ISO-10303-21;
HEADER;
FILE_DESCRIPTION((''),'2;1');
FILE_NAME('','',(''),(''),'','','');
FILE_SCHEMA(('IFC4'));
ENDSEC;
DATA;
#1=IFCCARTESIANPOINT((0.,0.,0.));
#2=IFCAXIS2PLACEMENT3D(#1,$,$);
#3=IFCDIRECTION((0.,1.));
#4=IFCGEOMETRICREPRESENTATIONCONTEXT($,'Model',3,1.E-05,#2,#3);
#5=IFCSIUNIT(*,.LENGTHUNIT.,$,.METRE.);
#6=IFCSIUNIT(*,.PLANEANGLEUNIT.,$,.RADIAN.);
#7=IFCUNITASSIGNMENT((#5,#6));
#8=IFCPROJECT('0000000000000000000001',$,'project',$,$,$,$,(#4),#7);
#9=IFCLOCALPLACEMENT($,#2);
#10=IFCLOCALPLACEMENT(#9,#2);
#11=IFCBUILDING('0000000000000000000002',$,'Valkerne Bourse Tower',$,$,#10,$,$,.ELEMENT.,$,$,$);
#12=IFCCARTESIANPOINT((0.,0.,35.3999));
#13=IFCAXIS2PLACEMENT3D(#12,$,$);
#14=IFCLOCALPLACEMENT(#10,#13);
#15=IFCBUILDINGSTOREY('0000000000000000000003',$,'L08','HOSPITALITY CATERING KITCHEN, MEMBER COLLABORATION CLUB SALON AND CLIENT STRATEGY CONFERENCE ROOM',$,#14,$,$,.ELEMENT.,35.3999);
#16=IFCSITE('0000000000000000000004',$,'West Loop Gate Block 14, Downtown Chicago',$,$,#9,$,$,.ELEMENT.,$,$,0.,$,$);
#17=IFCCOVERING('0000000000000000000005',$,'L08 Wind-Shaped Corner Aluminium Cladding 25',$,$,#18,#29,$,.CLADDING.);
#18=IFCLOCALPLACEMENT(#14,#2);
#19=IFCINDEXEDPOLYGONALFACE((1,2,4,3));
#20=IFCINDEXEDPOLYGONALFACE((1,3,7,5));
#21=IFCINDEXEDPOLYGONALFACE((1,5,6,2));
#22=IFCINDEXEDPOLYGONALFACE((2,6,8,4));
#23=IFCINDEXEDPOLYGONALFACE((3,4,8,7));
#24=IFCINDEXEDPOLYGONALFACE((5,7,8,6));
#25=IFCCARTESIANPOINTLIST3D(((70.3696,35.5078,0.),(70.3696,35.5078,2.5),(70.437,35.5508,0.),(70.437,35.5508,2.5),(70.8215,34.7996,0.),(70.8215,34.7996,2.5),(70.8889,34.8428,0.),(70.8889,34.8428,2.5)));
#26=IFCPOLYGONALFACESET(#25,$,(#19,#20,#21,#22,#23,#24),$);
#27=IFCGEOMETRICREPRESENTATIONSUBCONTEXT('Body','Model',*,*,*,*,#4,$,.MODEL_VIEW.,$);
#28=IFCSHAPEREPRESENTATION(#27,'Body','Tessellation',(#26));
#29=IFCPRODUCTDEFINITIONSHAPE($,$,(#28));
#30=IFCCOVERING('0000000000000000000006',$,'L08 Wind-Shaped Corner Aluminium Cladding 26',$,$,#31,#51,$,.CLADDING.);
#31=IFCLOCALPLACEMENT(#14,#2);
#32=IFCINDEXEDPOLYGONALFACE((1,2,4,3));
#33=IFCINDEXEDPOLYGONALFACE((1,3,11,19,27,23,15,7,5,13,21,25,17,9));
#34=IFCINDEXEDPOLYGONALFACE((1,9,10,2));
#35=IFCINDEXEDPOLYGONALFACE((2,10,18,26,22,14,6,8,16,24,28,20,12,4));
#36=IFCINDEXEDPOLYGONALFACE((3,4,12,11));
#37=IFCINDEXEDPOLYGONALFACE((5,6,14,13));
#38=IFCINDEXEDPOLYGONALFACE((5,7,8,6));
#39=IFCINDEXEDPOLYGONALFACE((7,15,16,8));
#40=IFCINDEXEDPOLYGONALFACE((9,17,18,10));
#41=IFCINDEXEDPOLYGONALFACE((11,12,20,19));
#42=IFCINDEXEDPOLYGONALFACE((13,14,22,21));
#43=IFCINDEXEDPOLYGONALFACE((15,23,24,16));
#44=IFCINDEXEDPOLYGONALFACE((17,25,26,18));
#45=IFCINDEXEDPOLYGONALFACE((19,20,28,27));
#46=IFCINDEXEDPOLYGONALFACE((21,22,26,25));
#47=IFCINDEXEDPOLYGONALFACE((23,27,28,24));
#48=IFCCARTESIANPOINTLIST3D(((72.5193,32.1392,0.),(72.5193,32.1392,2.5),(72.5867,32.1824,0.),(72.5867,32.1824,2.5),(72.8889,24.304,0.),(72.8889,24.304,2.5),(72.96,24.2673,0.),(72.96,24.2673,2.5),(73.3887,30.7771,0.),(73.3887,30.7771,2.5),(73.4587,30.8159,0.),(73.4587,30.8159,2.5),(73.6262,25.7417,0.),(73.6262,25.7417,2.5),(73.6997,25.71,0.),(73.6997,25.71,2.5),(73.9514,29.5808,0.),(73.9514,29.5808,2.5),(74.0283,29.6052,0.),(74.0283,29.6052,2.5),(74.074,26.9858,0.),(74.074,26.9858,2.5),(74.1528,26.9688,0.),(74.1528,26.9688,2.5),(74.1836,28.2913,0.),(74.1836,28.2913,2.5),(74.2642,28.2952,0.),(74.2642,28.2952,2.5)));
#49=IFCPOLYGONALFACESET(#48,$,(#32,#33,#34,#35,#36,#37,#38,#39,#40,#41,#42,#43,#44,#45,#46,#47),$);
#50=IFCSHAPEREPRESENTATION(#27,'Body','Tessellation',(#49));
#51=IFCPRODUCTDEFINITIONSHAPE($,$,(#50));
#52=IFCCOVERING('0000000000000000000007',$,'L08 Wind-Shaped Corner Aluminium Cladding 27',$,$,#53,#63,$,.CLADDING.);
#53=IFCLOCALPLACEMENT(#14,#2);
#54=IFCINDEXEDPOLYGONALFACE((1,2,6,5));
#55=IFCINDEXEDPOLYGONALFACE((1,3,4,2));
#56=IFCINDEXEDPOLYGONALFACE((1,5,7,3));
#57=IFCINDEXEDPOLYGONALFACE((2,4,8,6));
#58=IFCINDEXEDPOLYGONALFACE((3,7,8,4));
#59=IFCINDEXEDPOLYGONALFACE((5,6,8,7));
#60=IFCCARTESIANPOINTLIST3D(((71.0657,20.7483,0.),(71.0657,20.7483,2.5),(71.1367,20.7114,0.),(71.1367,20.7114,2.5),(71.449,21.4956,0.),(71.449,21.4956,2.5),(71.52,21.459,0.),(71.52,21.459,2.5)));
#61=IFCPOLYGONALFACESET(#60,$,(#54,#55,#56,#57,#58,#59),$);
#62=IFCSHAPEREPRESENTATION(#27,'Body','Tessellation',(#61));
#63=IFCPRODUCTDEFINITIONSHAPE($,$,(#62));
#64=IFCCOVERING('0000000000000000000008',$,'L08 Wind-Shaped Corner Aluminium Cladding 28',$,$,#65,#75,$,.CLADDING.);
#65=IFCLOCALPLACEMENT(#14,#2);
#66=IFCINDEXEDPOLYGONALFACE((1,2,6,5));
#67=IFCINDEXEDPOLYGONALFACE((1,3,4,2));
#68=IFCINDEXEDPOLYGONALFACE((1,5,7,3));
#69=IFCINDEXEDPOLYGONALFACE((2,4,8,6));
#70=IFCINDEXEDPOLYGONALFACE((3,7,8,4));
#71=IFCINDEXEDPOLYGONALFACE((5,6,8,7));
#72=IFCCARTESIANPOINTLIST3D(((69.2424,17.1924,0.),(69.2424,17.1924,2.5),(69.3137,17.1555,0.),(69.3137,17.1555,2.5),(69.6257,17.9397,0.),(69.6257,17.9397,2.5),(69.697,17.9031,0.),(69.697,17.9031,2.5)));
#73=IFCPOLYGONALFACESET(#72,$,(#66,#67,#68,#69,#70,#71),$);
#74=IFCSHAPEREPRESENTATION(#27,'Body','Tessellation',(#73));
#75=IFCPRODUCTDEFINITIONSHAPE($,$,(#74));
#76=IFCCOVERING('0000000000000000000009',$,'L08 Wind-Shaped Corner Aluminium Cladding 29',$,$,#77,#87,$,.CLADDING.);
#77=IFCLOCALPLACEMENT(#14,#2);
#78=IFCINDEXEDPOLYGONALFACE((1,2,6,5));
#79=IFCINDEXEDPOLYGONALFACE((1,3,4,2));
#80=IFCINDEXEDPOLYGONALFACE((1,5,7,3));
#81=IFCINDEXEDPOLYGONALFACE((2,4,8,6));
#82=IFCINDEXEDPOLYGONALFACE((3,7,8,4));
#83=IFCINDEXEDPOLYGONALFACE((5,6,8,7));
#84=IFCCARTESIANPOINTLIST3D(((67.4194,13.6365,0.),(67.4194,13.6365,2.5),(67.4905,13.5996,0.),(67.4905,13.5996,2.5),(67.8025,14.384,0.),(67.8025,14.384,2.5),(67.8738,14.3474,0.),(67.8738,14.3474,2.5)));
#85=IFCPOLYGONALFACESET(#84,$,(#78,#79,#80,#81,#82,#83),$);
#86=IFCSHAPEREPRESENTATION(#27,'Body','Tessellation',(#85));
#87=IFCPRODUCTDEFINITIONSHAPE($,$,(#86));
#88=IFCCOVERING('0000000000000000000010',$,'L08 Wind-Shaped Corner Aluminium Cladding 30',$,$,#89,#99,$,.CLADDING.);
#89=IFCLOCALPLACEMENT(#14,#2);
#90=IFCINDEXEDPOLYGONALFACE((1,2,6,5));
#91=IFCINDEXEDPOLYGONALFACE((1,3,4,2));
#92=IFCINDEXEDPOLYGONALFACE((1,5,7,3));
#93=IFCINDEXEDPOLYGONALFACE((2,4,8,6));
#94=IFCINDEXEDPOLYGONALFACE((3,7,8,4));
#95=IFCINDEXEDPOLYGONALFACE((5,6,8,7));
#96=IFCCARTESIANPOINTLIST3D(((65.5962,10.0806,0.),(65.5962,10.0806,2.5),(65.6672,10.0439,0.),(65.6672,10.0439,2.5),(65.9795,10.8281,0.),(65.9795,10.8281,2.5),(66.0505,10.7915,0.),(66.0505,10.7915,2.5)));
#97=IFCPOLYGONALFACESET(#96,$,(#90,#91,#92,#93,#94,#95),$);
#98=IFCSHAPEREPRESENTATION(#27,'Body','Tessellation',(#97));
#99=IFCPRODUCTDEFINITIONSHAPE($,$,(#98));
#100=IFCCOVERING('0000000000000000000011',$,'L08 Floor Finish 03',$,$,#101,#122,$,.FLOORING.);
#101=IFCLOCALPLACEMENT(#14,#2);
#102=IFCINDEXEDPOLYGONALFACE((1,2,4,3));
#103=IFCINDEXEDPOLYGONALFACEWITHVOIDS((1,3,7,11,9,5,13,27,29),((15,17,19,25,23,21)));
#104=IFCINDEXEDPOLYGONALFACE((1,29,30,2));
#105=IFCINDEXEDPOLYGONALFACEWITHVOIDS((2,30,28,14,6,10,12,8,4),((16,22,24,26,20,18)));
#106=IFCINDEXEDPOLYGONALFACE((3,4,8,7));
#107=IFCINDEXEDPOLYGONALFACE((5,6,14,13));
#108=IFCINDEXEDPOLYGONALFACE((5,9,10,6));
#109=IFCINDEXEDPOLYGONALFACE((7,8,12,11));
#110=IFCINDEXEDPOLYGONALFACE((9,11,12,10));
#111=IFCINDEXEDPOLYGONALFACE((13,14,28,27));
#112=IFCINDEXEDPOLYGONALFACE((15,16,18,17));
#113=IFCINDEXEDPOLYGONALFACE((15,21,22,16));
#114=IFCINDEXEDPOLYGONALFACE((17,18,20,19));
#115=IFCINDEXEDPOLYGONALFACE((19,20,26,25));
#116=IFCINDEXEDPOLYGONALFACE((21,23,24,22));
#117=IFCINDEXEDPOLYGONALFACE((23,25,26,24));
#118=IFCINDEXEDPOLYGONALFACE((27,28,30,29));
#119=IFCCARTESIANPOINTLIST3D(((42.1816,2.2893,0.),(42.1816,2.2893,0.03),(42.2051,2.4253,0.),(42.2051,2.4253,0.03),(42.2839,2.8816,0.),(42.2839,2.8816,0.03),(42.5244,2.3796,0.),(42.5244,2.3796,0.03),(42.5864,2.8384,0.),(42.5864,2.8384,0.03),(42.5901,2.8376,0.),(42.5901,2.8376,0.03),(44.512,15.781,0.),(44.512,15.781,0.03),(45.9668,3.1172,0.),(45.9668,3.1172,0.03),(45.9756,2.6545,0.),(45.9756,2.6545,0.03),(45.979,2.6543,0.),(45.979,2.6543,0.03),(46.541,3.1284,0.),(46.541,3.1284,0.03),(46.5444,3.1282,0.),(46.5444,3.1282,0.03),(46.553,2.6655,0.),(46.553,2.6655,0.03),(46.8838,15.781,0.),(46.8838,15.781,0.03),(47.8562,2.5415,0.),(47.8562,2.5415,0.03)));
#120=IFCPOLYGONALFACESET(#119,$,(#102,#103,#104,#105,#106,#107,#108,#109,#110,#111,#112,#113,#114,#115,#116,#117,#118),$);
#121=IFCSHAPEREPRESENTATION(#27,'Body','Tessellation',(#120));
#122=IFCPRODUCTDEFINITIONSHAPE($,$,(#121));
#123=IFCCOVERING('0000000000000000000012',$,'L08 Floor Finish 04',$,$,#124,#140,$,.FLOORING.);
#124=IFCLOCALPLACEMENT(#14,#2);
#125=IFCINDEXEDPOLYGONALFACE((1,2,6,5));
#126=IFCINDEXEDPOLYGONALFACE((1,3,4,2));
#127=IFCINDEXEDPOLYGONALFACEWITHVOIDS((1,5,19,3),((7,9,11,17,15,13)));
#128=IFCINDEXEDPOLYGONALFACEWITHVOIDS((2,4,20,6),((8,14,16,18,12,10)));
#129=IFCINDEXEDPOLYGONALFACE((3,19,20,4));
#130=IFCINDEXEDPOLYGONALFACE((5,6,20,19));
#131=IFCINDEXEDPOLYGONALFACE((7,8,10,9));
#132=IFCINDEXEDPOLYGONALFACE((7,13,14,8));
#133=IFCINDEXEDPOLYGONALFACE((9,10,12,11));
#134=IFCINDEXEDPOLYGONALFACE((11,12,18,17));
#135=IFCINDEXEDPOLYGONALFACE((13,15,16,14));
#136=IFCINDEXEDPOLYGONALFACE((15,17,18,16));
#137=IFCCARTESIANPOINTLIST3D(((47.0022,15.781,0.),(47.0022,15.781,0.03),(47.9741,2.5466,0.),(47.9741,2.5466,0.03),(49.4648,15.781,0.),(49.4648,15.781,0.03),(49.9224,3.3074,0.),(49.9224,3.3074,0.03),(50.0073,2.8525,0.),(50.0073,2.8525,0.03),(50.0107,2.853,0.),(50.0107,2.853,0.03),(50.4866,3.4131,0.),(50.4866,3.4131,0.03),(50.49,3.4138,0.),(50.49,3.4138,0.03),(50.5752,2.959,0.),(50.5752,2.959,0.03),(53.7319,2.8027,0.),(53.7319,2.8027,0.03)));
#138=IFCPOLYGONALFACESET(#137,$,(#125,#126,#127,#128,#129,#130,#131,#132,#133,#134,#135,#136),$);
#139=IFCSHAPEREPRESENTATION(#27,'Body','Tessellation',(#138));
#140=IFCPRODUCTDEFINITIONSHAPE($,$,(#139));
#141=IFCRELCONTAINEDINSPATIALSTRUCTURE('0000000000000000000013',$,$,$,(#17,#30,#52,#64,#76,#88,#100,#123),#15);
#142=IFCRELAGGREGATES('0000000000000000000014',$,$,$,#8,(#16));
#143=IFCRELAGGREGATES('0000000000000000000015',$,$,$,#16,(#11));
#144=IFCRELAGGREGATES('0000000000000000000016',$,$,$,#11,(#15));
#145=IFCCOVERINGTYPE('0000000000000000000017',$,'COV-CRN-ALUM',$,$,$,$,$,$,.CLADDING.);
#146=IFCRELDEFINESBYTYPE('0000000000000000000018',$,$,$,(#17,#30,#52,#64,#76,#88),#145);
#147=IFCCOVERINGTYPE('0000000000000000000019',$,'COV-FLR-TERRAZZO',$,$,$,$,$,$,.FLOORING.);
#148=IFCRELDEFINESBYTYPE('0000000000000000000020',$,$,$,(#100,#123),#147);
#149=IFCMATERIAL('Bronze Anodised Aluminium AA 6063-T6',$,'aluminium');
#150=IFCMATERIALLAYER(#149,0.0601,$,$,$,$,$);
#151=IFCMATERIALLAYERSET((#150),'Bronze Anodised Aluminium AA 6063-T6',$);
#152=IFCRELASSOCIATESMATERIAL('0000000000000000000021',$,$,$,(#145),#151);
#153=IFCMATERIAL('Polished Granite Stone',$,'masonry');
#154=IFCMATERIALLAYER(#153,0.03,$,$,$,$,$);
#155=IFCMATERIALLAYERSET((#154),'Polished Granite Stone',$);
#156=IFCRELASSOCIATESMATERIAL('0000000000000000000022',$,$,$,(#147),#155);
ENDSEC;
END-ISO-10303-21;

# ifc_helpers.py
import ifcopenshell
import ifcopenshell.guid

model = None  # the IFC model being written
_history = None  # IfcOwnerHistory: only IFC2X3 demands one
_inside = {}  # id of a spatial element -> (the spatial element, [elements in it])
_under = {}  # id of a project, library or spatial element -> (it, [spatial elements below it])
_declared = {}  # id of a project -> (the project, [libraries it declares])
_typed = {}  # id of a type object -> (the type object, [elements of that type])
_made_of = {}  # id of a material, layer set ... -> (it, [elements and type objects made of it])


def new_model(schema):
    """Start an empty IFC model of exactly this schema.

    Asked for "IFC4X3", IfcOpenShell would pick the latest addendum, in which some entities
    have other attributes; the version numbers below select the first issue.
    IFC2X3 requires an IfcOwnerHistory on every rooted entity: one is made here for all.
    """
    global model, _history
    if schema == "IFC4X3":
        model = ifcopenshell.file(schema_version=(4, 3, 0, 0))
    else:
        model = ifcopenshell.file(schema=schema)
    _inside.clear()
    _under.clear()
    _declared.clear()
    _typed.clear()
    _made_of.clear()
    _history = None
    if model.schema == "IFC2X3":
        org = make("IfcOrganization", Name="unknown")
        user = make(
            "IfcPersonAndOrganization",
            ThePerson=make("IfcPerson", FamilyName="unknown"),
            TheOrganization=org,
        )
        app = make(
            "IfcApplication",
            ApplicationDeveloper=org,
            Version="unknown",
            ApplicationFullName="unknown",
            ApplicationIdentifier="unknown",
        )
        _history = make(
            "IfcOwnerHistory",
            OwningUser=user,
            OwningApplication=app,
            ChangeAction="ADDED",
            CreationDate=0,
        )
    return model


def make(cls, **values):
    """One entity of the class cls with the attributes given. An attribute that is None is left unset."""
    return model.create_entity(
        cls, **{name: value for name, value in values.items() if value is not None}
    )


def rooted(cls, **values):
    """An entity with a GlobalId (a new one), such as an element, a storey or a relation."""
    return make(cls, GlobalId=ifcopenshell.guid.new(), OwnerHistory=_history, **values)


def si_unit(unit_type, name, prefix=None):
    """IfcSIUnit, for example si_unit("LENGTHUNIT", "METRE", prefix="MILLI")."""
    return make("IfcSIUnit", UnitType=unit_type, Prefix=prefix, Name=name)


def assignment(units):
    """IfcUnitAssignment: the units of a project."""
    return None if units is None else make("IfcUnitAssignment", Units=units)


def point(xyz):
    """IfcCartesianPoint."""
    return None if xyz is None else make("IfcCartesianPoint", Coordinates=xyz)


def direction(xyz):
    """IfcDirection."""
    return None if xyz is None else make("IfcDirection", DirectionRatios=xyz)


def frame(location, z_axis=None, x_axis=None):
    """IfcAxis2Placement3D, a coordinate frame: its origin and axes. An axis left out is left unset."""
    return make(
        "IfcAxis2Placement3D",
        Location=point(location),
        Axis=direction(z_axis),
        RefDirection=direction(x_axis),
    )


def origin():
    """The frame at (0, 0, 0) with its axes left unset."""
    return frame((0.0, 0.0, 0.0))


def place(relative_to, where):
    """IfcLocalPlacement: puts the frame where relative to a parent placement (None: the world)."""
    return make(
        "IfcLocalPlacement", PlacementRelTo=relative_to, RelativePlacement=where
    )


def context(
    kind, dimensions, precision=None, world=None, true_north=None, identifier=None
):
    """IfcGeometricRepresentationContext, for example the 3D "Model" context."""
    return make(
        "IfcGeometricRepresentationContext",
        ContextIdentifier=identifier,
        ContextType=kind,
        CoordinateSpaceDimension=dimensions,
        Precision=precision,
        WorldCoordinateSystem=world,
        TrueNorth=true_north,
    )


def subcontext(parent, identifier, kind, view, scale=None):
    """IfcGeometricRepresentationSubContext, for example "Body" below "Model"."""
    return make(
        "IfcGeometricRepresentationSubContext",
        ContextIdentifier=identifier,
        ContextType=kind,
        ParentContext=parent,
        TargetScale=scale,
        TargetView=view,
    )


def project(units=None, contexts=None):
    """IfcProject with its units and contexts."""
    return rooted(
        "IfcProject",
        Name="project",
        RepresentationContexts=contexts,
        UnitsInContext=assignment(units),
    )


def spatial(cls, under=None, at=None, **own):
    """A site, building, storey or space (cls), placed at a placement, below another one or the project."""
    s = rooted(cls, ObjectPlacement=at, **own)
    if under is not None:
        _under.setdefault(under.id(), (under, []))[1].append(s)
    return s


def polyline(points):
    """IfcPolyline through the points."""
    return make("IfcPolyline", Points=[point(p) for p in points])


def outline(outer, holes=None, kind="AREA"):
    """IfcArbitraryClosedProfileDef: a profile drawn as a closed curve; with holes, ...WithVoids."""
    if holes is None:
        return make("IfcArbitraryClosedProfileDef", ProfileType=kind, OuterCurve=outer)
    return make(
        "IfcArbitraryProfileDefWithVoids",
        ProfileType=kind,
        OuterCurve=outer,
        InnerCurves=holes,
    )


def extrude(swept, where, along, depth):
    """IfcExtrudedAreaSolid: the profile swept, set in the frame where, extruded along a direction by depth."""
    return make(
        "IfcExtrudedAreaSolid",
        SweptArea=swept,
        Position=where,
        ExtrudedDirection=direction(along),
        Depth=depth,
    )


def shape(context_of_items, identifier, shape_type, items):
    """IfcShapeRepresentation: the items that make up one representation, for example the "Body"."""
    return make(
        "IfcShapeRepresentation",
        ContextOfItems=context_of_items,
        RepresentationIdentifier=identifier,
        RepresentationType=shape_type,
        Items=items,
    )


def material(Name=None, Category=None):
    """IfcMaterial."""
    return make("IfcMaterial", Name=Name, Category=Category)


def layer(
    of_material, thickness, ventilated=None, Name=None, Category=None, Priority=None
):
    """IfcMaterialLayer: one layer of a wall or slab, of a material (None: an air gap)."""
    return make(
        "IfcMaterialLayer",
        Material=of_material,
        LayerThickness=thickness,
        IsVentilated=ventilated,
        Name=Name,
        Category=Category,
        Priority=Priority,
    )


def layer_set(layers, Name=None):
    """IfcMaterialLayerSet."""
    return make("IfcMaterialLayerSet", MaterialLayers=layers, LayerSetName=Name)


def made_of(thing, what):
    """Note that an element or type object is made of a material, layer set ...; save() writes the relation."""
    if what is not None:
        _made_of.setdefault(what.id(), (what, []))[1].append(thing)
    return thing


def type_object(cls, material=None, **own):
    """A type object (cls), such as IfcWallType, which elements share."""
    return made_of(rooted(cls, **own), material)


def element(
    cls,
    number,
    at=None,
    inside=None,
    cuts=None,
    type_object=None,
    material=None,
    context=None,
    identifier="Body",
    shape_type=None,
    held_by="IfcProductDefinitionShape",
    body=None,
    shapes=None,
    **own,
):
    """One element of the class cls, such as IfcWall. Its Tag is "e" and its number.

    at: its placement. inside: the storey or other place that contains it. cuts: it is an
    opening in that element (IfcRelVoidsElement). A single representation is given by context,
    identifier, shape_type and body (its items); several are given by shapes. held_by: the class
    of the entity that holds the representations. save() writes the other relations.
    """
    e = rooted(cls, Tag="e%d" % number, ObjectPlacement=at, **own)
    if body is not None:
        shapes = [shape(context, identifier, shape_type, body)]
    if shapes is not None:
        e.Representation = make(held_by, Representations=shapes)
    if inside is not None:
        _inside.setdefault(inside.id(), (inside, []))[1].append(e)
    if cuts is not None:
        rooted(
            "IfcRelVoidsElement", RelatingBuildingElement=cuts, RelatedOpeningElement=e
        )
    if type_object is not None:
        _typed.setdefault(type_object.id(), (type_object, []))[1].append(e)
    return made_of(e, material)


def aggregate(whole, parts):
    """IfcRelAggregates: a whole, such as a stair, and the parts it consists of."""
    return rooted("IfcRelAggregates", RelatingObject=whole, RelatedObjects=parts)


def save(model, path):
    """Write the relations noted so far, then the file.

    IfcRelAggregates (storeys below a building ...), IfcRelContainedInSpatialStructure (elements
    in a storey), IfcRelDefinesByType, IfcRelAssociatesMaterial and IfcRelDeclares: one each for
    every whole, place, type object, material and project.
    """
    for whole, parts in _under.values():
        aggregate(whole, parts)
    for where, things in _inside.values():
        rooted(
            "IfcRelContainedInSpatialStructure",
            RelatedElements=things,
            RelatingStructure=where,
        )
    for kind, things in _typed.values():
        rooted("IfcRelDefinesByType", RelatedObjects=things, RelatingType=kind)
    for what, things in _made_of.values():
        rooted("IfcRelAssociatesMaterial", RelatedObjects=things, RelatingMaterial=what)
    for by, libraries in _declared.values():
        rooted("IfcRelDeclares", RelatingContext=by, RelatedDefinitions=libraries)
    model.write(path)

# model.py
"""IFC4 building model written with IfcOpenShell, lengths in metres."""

from ifc_helpers import new_model, si_unit, direction, frame, origin, place, context, subcontext, project, spatial, polyline, outline, extrude, material, layer, layer_set, type_object, element, save


model = new_model("IFC4")

# Units and contexts
model_context = context("Model", 3, precision=1e-05, world=origin(), true_north=direction((0.0, 1.0)))
body_context = subcontext(model_context, "Body", "Model", "MODEL_VIEW")
ifc_project = project(units=[si_unit("LENGTHUNIT", "METRE"), si_unit("PLANEANGLEUNIT", "RADIAN")], contexts=[model_context])

# Site, building, storey
site_placement = place(None, origin())
site = spatial("IfcSite", under=ifc_project, at=site_placement, Name="West Loop Gate Block 14, Downtown Chicago", CompositionType="ELEMENT", RefElevation=0.0)
building_placement = place(site_placement, origin())
building = spatial("IfcBuilding", under=site, at=building_placement, Name="Valkerne Bourse Tower", CompositionType="ELEMENT")
storey_placement = place(building_placement, frame((0.0, 0.0, 35.3999)))
storey = spatial("IfcBuildingStorey", under=building, at=storey_placement, Name="L08", Description="HOSPITALITY CATERING KITCHEN, MEMBER COLLABORATION CLUB SALON AND CLIENT STRATEGY CONFERENCE ROOM", CompositionType="ELEMENT", Elevation=35.3999)

# Coverings
ifc_material_1 = material(Name="Bronze Anodised Aluminium AA 6063-T6", Category="aluminium")
ifc_layer_1 = layer(ifc_material_1, 0.0601)
ifc_layer_set_1 = layer_set([ifc_layer_1], Name="Bronze Anodised Aluminium AA 6063-T6")
covering_type_1 = type_object("IfcCoveringType", Name="COV-CRN-ALUM", PredefinedType="CLADDING", material=ifc_layer_set_1)
covering_1_placement = place(storey_placement, origin())
element("IfcCovering", 1, at=covering_1_placement, inside=storey, type_object=covering_type_1, Name="L08 Wind-Shaped Corner Aluminium Cladding 25", PredefinedType="CLADDING", context=body_context, shape_type="SweptSolid", body=[
    extrude(outline(polyline([(70.8889, 34.8428), (70.8215, 34.7996), (70.3696, 35.5078), (70.437, 35.5508), (70.8889, 34.8428)])), origin(), (0.0, 0.0, 1.0), 2.5),
])
covering_2_placement = place(storey_placement, origin())
element("IfcCovering", 2, at=covering_2_placement, inside=storey, type_object=covering_type_1, Name="L08 Wind-Shaped Corner Aluminium Cladding 26", PredefinedType="CLADDING", context=body_context, shape_type="SweptSolid", body=[
    extrude(outline(polyline([(73.4587, 30.8159), (74.0283, 29.6052), (74.2642, 28.2952), (74.1528, 26.9688), (73.6997, 25.71), (72.96, 24.2673), (72.8889, 24.304), (73.6262, 25.7417), (74.074, 26.9858), (74.1836, 28.2913), (73.9514, 29.5808), (73.3887, 30.7771), (72.5193, 32.1392), (72.5867, 32.1824), (73.4587, 30.8159)])), origin(), (0.0, 0.0, 1.0), 2.5),
])
covering_3_placement = place(storey_placement, origin())
element("IfcCovering", 3, at=covering_3_placement, inside=storey, type_object=covering_type_1, Name="L08 Wind-Shaped Corner Aluminium Cladding 27", PredefinedType="CLADDING", context=body_context, shape_type="SweptSolid", body=[
    extrude(outline(polyline([(71.1367, 20.7114), (71.0657, 20.7483), (71.449, 21.4956), (71.52, 21.459), (71.1367, 20.7114)])), origin(), (0.0, 0.0, 1.0), 2.5),
])
covering_4_placement = place(storey_placement, origin())
element("IfcCovering", 4, at=covering_4_placement, inside=storey, type_object=covering_type_1, Name="L08 Wind-Shaped Corner Aluminium Cladding 28", PredefinedType="CLADDING", context=body_context, shape_type="SweptSolid", body=[
    extrude(outline(polyline([(69.3137, 17.1555), (69.2424, 17.1924), (69.6257, 17.9397), (69.697, 17.9031), (69.3137, 17.1555)])), origin(), (0.0, 0.0, 1.0), 2.5),
])
covering_5_placement = place(storey_placement, origin())
element("IfcCovering", 5, at=covering_5_placement, inside=storey, type_object=covering_type_1, Name="L08 Wind-Shaped Corner Aluminium Cladding 29", PredefinedType="CLADDING", context=body_context, shape_type="SweptSolid", body=[
    extrude(outline(polyline([(67.4905, 13.5996), (67.4194, 13.6365), (67.8025, 14.384), (67.8738, 14.3474), (67.4905, 13.5996)])), origin(), (0.0, 0.0, 1.0), 2.5),
])
covering_6_placement = place(storey_placement, origin())
element("IfcCovering", 6, at=covering_6_placement, inside=storey, type_object=covering_type_1, Name="L08 Wind-Shaped Corner Aluminium Cladding 30", PredefinedType="CLADDING", context=body_context, shape_type="SweptSolid", body=[
    extrude(outline(polyline([(65.6672, 10.0439), (65.5962, 10.0806), (65.9795, 10.8281), (66.0505, 10.7915), (65.6672, 10.0439)])), origin(), (0.0, 0.0, 1.0), 2.5),
])
ifc_material_2 = material(Name="Polished Granite Stone", Category="masonry")
ifc_layer_2 = layer(ifc_material_2, 0.03)
ifc_layer_set_2 = layer_set([ifc_layer_2], Name="Polished Granite Stone")
covering_type_2 = type_object("IfcCoveringType", Name="COV-FLR-TERRAZZO", PredefinedType="FLOORING", material=ifc_layer_set_2)
covering_7_placement = place(storey_placement, origin())
element("IfcCovering", 7, at=covering_7_placement, inside=storey, type_object=covering_type_2, Name="L08 Floor Finish 03", PredefinedType="FLOORING", context=body_context, shape_type="SweptSolid", body=[
    extrude(outline(polyline([(46.8838, 15.781), (47.8562, 2.5415), (42.1816, 2.2893), (42.2051, 2.4253), (42.5244, 2.3796), (42.5901, 2.8376), (42.5864, 2.8384), (42.2839, 2.8816), (44.512, 15.781), (46.8838, 15.781)]), holes=[polyline([(46.553, 2.6655), (46.5444, 3.1282), (46.541, 3.1284), (45.9668, 3.1172), (45.9756, 2.6545), (45.979, 2.6543), (46.553, 2.6655)])]), origin(), (0.0, 0.0, 1.0), 0.03),
])
covering_8_placement = place(storey_placement, origin())
element("IfcCovering", 8, at=covering_8_placement, inside=storey, type_object=covering_type_2, Name="L08 Floor Finish 04", PredefinedType="FLOORING", context=body_context, shape_type="SweptSolid", body=[
    extrude(outline(polyline([(49.4648, 15.781), (53.7319, 2.8027), (47.9741, 2.5466), (47.0022, 15.781), (49.4648, 15.781)]), holes=[polyline([(50.0107, 2.853), (50.5752, 2.959), (50.49, 3.4138), (50.4866, 3.4131), (49.9224, 3.3074), (50.0073, 2.8525), (50.0107, 2.853)])]), origin(), (0.0, 0.0, 1.0), 0.03),
])

save(model, "model.ifc")
